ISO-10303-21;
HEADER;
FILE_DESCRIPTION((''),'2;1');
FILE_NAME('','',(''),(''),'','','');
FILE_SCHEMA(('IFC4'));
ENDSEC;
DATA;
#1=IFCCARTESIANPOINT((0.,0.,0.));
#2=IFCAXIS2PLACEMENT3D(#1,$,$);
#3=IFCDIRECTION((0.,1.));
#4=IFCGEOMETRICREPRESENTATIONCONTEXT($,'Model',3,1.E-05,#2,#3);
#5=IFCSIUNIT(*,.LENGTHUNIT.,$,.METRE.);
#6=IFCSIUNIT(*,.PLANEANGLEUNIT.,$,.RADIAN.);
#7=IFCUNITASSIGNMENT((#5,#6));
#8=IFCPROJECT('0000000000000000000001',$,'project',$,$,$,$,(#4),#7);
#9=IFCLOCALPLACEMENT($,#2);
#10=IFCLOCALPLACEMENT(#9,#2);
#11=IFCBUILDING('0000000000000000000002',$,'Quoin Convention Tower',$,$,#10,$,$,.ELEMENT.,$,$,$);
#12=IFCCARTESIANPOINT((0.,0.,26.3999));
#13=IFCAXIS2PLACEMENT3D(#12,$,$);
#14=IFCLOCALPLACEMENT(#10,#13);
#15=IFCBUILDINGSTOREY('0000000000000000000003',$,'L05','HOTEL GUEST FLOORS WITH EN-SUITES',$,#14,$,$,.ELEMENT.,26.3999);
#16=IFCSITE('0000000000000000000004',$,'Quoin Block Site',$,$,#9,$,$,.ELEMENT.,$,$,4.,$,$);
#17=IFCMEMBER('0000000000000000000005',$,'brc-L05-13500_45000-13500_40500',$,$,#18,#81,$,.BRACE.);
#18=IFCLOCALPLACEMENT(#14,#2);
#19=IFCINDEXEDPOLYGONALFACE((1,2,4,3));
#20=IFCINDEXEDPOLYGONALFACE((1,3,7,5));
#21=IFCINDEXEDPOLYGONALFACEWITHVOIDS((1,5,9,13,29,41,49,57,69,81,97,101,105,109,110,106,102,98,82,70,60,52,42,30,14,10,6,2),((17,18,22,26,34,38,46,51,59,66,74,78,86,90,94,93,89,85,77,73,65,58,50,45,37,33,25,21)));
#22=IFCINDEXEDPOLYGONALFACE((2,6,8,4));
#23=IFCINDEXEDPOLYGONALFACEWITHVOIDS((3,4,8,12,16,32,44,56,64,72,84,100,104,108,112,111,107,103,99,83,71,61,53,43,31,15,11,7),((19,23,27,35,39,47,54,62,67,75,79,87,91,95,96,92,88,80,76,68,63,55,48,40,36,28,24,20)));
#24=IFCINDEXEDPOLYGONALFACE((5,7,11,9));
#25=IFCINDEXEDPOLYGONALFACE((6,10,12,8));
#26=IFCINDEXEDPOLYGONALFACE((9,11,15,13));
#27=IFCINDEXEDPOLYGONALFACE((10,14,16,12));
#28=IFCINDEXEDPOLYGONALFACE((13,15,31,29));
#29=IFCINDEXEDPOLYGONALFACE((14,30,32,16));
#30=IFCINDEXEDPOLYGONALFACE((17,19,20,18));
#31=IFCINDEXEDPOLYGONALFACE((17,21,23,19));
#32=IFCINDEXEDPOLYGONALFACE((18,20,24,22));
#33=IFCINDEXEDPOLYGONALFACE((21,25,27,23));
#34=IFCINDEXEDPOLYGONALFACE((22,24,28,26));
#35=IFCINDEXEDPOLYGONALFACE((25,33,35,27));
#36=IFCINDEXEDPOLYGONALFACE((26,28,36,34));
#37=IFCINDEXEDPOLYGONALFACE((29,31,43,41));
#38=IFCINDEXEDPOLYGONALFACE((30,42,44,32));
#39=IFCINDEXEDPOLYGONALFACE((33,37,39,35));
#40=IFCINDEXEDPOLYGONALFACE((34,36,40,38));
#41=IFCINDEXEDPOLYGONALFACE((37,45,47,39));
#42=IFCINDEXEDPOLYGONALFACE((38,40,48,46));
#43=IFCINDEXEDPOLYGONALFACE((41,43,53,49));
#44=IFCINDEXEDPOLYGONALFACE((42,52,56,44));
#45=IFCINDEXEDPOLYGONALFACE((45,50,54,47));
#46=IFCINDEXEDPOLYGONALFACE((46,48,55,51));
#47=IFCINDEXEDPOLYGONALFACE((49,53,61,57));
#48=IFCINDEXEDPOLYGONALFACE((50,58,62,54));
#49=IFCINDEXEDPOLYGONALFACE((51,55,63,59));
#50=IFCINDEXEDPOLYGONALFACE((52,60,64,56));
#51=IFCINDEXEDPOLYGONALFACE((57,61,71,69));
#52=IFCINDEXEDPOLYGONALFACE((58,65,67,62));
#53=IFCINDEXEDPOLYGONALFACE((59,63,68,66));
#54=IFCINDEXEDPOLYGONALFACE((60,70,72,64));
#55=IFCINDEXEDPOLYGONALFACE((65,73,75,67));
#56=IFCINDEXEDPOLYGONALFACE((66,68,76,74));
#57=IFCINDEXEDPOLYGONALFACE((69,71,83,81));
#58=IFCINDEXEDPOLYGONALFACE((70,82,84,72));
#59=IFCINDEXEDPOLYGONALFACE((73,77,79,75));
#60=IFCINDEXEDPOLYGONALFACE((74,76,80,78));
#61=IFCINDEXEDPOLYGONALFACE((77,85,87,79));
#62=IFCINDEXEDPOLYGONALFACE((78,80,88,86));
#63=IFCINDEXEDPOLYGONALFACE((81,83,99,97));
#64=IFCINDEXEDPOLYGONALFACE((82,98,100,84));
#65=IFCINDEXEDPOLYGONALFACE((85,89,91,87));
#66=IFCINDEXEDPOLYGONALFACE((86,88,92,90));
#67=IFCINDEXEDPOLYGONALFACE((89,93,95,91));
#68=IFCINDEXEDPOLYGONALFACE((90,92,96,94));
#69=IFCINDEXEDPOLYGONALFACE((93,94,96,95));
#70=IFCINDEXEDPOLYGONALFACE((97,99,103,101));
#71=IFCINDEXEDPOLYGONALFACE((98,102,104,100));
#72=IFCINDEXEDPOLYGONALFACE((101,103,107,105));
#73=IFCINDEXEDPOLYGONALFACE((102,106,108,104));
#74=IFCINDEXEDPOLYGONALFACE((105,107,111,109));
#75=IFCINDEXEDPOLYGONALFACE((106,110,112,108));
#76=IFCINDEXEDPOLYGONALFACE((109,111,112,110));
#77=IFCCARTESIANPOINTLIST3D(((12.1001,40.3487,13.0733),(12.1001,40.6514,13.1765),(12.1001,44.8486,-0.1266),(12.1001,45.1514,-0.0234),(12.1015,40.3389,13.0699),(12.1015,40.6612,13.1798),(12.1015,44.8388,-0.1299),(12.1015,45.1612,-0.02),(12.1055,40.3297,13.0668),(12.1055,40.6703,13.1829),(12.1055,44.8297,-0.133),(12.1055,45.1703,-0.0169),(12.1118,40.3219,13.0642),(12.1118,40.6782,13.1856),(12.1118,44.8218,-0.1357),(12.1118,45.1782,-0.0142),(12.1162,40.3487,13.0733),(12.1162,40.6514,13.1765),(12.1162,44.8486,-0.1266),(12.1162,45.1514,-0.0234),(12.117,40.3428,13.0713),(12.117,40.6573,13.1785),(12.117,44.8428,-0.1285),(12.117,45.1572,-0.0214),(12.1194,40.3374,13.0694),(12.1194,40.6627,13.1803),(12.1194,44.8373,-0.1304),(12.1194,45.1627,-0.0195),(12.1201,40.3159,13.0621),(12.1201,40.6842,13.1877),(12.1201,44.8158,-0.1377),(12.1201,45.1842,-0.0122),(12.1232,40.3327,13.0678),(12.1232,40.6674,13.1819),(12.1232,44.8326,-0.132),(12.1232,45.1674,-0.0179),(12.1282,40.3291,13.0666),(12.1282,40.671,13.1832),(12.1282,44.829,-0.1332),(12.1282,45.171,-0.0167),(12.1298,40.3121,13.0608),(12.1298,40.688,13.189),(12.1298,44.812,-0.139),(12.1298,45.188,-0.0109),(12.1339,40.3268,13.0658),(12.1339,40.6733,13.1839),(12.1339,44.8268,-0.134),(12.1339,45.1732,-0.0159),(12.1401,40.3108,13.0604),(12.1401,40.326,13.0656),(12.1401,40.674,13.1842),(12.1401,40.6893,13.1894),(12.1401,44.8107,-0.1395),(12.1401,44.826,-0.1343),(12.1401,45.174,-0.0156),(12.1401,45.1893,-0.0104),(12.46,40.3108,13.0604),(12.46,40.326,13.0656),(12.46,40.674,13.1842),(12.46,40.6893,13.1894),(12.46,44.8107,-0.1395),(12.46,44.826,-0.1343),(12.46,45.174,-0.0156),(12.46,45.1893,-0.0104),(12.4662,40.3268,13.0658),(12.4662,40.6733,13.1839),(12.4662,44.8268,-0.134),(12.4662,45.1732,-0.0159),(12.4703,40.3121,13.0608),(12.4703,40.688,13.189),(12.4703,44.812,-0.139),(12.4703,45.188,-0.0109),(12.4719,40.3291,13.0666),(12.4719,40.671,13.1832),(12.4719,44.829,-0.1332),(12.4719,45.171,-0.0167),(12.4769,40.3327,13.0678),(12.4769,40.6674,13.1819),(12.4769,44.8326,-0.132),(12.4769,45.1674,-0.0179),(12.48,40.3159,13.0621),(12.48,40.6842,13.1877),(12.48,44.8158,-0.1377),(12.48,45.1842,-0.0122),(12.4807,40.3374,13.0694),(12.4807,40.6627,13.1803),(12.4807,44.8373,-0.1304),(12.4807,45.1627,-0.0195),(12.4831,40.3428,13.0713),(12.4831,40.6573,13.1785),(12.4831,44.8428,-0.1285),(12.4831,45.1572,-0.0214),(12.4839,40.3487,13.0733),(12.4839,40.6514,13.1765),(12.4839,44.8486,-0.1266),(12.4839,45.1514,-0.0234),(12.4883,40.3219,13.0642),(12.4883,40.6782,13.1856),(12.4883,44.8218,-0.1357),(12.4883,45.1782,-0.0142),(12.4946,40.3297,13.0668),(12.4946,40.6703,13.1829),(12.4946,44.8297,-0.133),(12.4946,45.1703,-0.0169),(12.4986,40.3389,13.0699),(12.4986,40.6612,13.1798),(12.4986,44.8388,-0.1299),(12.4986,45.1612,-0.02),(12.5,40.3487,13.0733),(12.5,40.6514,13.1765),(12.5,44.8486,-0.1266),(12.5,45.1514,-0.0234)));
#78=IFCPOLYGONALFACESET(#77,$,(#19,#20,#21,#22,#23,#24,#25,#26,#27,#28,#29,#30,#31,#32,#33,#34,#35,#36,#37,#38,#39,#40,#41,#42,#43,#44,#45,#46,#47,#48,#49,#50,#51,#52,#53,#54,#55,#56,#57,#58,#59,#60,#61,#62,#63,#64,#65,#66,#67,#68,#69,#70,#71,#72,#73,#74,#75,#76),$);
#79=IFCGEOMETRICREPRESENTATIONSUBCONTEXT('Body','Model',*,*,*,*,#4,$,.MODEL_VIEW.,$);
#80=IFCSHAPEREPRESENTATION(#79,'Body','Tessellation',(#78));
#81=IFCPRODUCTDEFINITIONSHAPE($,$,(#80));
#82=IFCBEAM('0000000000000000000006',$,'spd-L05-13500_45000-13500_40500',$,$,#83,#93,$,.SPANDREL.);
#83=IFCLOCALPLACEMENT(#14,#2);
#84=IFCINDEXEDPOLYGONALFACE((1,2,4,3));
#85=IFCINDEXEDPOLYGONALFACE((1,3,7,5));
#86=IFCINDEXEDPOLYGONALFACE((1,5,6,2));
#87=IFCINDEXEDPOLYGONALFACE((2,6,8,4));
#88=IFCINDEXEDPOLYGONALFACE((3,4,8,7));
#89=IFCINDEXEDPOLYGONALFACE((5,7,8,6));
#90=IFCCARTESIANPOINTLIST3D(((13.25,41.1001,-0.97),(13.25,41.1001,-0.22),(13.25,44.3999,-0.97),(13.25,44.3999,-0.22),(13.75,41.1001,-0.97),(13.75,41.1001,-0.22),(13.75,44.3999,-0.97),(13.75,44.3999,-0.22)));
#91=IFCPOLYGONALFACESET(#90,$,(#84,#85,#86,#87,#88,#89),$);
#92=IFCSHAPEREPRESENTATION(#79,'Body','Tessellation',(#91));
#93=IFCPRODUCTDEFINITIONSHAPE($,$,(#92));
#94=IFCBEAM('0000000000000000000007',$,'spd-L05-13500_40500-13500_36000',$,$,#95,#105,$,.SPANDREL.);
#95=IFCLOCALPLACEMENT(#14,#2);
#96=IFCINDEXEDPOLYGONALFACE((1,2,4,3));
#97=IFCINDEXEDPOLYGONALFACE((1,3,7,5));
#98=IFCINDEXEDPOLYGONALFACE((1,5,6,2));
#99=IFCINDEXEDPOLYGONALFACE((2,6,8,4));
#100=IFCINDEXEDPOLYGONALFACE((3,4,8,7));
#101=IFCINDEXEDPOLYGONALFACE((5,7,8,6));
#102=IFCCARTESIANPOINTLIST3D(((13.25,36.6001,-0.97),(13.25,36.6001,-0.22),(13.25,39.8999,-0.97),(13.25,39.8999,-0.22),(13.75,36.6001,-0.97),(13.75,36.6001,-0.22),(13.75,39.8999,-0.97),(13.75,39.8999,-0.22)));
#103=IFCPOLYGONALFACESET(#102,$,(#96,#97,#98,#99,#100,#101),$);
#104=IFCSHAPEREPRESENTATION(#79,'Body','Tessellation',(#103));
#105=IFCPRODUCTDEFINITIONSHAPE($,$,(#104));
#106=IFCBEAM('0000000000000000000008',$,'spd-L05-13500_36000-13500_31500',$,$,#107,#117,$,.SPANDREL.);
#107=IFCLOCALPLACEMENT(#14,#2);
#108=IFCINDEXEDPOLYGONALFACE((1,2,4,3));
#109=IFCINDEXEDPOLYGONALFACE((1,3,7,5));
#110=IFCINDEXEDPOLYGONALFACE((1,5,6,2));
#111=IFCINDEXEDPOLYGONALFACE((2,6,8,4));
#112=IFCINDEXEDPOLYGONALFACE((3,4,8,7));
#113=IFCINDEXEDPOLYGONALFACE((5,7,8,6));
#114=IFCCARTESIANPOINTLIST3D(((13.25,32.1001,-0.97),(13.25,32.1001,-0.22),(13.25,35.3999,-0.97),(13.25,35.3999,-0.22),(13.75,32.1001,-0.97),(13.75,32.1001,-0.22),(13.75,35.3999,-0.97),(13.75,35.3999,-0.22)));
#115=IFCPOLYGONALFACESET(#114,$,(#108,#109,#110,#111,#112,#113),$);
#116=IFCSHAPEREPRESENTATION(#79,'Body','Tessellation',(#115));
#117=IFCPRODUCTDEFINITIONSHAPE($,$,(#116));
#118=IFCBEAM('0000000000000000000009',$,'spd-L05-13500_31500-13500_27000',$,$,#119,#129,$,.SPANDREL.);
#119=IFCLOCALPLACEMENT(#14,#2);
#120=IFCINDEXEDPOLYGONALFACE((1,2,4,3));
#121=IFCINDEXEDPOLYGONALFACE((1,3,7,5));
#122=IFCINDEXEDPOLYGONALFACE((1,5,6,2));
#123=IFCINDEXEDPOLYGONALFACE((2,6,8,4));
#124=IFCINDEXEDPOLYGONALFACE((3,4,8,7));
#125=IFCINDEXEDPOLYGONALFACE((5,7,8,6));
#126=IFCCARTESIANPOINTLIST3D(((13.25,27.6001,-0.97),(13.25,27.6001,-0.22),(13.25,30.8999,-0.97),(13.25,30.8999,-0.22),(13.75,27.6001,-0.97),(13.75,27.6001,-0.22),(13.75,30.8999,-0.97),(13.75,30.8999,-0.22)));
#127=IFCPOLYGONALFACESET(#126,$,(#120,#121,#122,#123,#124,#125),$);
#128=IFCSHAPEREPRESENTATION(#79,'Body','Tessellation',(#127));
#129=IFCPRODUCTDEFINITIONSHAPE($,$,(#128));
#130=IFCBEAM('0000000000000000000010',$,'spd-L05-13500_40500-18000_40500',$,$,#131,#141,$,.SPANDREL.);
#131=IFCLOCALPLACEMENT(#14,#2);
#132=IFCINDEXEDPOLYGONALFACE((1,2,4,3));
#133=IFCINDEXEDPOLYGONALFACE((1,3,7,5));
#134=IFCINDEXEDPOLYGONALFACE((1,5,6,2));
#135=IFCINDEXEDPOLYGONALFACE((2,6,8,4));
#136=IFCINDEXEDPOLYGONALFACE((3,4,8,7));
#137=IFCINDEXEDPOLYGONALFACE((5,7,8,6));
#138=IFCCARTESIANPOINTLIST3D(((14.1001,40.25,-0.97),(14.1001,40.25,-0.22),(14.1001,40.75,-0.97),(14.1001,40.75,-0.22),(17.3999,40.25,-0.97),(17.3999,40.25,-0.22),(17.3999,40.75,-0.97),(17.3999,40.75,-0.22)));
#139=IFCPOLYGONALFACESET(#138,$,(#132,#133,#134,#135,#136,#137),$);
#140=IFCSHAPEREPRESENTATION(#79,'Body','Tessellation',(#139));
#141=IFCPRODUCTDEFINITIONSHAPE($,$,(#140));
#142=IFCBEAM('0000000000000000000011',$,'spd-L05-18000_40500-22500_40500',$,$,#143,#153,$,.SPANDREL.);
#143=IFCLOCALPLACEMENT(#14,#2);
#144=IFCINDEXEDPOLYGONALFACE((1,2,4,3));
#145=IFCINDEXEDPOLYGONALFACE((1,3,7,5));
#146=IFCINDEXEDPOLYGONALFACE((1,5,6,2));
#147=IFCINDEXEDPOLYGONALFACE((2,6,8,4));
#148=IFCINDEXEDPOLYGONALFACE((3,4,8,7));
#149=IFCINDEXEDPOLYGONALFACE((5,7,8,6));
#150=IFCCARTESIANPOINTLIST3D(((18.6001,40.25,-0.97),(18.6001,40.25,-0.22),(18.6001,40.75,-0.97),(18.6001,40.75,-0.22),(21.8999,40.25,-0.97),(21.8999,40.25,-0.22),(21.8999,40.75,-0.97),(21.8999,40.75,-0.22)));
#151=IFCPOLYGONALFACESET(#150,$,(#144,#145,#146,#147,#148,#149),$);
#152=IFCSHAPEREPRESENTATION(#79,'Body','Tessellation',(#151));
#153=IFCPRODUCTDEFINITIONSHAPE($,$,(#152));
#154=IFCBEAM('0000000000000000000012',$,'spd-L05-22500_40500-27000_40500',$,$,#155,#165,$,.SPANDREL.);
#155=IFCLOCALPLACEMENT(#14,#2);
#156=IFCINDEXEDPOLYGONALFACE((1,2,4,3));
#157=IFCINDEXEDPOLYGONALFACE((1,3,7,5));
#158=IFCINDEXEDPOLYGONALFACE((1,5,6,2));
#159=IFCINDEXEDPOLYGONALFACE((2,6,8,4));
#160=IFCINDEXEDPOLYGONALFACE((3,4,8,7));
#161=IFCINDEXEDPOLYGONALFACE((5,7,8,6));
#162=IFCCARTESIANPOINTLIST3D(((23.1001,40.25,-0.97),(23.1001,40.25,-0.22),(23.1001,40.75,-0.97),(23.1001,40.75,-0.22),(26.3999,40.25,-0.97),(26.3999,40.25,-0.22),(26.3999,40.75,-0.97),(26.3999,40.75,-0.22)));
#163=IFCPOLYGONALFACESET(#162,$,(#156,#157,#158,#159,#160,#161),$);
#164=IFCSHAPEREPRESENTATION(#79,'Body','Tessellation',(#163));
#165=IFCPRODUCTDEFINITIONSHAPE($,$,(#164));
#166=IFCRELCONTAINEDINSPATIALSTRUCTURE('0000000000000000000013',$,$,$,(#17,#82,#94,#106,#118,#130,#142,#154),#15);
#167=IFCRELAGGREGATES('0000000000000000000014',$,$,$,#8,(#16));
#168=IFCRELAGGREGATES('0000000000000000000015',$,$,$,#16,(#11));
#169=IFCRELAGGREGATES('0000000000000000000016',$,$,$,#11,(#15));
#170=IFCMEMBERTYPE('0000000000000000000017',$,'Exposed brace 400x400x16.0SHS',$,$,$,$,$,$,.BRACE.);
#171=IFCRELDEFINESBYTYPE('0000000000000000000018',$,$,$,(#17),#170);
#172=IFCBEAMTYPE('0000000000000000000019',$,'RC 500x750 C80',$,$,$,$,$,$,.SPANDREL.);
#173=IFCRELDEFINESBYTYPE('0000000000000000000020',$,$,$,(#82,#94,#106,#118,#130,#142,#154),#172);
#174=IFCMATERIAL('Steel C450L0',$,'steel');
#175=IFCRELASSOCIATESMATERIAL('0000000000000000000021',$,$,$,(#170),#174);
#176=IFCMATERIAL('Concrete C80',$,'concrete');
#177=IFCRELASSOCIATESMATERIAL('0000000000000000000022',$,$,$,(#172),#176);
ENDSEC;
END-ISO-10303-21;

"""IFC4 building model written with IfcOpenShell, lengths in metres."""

from ifc_helpers import new_model, si_unit, direction, frame, origin, origin_2d, place, context, subcontext, project, spatial, rectangle, hollow_rectangle, extrude, material, material_profile, profile_set, type_object, element, save


model = new_model("IFC4")

# Units and contexts
model_context = context("Model", 3, precision=1e-05, world=origin(), true_north=direction((0.0, 1.0)))
body_context = subcontext(model_context, "Body", "Model", "MODEL_VIEW")
ifc_project = project(units=[si_unit("LENGTHUNIT", "METRE"), si_unit("PLANEANGLEUNIT", "RADIAN")], contexts=[model_context])

# Site, building, storey
site_placement = place(None, origin())
site = spatial("IfcSite", under=ifc_project, at=site_placement, Name="Quoin Block Site", CompositionType="ELEMENT", RefElevation=4.0)
building_placement = place(site_placement, origin())
building = spatial("IfcBuilding", under=site, at=building_placement, Name="Quoin Convention Tower", CompositionType="ELEMENT")
storey_placement = place(building_placement, frame((0.0, 0.0, 26.3999)))
storey = spatial("IfcBuildingStorey", under=building, at=storey_placement, Name="L05", Description="HOTEL GUEST FLOORS WITH EN-SUITES", CompositionType="ELEMENT", Elevation=26.3999)

# Shared definitions
ifc_material_1 = material(Name="Concrete C80", Category="concrete")

# Member
ifc_material_2 = material(Name="Steel C450L0", Category="steel")
ifc_material_profile_1 = material_profile(ifc_material_2, hollow_rectangle(XDim=0.3999, YDim=0.3999, WallThickness=0.0161, InnerFilletRadius=0.0239, OuterFilletRadius=0.04, at=origin_2d()), Name="400x400x16.0SHS")
ifc_profile_set_1 = profile_set([ifc_material_profile_1], Name="Steel C450L0")
member_type = type_object("IfcMemberType", Name="Exposed brace 400x400x16.0SHS", PredefinedType="BRACE", material=ifc_profile_set_1)
for number, where, z_axis, x_axis, name in (
    (1, (12.3, 45.0, -0.075), (0.0, -0.322675, 0.94651), (1.0, 0.0, 0.0), "brc-L05-13500_45000-13500_40500"),
):
    element("IfcMember", number, at=place(storey_placement, frame(where, z_axis=z_axis, x_axis=x_axis)), inside=storey, type_object=member_type, Name=name, PredefinedType="BRACE", context=body_context, shape_type="SweptSolid", body=[
        extrude(hollow_rectangle(XDim=0.3999, YDim=0.3999, WallThickness=0.0161, InnerFilletRadius=0.0239, OuterFilletRadius=0.04, at=origin_2d()), origin(), (0.0, 0.0, 1.0), 13.9458),
    ])

# Beams
ifc_material_profile_2 = material_profile(ifc_material_1, rectangle(XDim=0.5, YDim=0.75, at=origin_2d()), Name="RC 500x750")
ifc_profile_set_2 = profile_set([ifc_material_profile_2], Name="Concrete C80")
beam_type = type_object("IfcBeamType", Name="RC 500x750 C80", PredefinedType="SPANDREL", material=ifc_profile_set_2)
for number, where, z_axis, x_axis, name in (
    (2, (13.5, 44.3999, -0.595), (0.0, -1.0, 0.0), (1.0, 0.0, 0.0), "spd-L05-13500_45000-13500_40500"),
    (3, (13.5, 39.8999, -0.595), (0.0, -1.0, 0.0), (1.0, 0.0, 0.0), "spd-L05-13500_40500-13500_36000"),
    (4, (13.5, 35.3999, -0.595), (0.0, -1.0, 0.0), (1.0, 0.0, 0.0), "spd-L05-13500_36000-13500_31500"),
    (5, (13.5, 30.8999, -0.595), (0.0, -1.0, 0.0), (1.0, 0.0, 0.0), "spd-L05-13500_31500-13500_27000"),
    (6, (14.1001, 40.5, -0.595), (1.0, 0.0, 0.0), (0.0, 1.0, 0.0), "spd-L05-13500_40500-18000_40500"),
    (7, (18.6001, 40.5, -0.595), (1.0, 0.0, 0.0), (0.0, 1.0, 0.0), "spd-L05-18000_40500-22500_40500"),
    (8, (23.1001, 40.5, -0.595), (1.0, 0.0, 0.0), (0.0, 1.0, 0.0), "spd-L05-22500_40500-27000_40500"),
):
    element("IfcBeam", number, at=place(storey_placement, frame(where, z_axis=z_axis, x_axis=x_axis)), inside=storey, type_object=beam_type, Name=name, PredefinedType="SPANDREL", context=body_context, shape_type="SweptSolid", body=[
        extrude(rectangle(XDim=0.5, YDim=0.75, at=origin_2d()), origin(), (0.0, 0.0, 1.0), 3.2998),
    ])

save(model, "model.ifc")
